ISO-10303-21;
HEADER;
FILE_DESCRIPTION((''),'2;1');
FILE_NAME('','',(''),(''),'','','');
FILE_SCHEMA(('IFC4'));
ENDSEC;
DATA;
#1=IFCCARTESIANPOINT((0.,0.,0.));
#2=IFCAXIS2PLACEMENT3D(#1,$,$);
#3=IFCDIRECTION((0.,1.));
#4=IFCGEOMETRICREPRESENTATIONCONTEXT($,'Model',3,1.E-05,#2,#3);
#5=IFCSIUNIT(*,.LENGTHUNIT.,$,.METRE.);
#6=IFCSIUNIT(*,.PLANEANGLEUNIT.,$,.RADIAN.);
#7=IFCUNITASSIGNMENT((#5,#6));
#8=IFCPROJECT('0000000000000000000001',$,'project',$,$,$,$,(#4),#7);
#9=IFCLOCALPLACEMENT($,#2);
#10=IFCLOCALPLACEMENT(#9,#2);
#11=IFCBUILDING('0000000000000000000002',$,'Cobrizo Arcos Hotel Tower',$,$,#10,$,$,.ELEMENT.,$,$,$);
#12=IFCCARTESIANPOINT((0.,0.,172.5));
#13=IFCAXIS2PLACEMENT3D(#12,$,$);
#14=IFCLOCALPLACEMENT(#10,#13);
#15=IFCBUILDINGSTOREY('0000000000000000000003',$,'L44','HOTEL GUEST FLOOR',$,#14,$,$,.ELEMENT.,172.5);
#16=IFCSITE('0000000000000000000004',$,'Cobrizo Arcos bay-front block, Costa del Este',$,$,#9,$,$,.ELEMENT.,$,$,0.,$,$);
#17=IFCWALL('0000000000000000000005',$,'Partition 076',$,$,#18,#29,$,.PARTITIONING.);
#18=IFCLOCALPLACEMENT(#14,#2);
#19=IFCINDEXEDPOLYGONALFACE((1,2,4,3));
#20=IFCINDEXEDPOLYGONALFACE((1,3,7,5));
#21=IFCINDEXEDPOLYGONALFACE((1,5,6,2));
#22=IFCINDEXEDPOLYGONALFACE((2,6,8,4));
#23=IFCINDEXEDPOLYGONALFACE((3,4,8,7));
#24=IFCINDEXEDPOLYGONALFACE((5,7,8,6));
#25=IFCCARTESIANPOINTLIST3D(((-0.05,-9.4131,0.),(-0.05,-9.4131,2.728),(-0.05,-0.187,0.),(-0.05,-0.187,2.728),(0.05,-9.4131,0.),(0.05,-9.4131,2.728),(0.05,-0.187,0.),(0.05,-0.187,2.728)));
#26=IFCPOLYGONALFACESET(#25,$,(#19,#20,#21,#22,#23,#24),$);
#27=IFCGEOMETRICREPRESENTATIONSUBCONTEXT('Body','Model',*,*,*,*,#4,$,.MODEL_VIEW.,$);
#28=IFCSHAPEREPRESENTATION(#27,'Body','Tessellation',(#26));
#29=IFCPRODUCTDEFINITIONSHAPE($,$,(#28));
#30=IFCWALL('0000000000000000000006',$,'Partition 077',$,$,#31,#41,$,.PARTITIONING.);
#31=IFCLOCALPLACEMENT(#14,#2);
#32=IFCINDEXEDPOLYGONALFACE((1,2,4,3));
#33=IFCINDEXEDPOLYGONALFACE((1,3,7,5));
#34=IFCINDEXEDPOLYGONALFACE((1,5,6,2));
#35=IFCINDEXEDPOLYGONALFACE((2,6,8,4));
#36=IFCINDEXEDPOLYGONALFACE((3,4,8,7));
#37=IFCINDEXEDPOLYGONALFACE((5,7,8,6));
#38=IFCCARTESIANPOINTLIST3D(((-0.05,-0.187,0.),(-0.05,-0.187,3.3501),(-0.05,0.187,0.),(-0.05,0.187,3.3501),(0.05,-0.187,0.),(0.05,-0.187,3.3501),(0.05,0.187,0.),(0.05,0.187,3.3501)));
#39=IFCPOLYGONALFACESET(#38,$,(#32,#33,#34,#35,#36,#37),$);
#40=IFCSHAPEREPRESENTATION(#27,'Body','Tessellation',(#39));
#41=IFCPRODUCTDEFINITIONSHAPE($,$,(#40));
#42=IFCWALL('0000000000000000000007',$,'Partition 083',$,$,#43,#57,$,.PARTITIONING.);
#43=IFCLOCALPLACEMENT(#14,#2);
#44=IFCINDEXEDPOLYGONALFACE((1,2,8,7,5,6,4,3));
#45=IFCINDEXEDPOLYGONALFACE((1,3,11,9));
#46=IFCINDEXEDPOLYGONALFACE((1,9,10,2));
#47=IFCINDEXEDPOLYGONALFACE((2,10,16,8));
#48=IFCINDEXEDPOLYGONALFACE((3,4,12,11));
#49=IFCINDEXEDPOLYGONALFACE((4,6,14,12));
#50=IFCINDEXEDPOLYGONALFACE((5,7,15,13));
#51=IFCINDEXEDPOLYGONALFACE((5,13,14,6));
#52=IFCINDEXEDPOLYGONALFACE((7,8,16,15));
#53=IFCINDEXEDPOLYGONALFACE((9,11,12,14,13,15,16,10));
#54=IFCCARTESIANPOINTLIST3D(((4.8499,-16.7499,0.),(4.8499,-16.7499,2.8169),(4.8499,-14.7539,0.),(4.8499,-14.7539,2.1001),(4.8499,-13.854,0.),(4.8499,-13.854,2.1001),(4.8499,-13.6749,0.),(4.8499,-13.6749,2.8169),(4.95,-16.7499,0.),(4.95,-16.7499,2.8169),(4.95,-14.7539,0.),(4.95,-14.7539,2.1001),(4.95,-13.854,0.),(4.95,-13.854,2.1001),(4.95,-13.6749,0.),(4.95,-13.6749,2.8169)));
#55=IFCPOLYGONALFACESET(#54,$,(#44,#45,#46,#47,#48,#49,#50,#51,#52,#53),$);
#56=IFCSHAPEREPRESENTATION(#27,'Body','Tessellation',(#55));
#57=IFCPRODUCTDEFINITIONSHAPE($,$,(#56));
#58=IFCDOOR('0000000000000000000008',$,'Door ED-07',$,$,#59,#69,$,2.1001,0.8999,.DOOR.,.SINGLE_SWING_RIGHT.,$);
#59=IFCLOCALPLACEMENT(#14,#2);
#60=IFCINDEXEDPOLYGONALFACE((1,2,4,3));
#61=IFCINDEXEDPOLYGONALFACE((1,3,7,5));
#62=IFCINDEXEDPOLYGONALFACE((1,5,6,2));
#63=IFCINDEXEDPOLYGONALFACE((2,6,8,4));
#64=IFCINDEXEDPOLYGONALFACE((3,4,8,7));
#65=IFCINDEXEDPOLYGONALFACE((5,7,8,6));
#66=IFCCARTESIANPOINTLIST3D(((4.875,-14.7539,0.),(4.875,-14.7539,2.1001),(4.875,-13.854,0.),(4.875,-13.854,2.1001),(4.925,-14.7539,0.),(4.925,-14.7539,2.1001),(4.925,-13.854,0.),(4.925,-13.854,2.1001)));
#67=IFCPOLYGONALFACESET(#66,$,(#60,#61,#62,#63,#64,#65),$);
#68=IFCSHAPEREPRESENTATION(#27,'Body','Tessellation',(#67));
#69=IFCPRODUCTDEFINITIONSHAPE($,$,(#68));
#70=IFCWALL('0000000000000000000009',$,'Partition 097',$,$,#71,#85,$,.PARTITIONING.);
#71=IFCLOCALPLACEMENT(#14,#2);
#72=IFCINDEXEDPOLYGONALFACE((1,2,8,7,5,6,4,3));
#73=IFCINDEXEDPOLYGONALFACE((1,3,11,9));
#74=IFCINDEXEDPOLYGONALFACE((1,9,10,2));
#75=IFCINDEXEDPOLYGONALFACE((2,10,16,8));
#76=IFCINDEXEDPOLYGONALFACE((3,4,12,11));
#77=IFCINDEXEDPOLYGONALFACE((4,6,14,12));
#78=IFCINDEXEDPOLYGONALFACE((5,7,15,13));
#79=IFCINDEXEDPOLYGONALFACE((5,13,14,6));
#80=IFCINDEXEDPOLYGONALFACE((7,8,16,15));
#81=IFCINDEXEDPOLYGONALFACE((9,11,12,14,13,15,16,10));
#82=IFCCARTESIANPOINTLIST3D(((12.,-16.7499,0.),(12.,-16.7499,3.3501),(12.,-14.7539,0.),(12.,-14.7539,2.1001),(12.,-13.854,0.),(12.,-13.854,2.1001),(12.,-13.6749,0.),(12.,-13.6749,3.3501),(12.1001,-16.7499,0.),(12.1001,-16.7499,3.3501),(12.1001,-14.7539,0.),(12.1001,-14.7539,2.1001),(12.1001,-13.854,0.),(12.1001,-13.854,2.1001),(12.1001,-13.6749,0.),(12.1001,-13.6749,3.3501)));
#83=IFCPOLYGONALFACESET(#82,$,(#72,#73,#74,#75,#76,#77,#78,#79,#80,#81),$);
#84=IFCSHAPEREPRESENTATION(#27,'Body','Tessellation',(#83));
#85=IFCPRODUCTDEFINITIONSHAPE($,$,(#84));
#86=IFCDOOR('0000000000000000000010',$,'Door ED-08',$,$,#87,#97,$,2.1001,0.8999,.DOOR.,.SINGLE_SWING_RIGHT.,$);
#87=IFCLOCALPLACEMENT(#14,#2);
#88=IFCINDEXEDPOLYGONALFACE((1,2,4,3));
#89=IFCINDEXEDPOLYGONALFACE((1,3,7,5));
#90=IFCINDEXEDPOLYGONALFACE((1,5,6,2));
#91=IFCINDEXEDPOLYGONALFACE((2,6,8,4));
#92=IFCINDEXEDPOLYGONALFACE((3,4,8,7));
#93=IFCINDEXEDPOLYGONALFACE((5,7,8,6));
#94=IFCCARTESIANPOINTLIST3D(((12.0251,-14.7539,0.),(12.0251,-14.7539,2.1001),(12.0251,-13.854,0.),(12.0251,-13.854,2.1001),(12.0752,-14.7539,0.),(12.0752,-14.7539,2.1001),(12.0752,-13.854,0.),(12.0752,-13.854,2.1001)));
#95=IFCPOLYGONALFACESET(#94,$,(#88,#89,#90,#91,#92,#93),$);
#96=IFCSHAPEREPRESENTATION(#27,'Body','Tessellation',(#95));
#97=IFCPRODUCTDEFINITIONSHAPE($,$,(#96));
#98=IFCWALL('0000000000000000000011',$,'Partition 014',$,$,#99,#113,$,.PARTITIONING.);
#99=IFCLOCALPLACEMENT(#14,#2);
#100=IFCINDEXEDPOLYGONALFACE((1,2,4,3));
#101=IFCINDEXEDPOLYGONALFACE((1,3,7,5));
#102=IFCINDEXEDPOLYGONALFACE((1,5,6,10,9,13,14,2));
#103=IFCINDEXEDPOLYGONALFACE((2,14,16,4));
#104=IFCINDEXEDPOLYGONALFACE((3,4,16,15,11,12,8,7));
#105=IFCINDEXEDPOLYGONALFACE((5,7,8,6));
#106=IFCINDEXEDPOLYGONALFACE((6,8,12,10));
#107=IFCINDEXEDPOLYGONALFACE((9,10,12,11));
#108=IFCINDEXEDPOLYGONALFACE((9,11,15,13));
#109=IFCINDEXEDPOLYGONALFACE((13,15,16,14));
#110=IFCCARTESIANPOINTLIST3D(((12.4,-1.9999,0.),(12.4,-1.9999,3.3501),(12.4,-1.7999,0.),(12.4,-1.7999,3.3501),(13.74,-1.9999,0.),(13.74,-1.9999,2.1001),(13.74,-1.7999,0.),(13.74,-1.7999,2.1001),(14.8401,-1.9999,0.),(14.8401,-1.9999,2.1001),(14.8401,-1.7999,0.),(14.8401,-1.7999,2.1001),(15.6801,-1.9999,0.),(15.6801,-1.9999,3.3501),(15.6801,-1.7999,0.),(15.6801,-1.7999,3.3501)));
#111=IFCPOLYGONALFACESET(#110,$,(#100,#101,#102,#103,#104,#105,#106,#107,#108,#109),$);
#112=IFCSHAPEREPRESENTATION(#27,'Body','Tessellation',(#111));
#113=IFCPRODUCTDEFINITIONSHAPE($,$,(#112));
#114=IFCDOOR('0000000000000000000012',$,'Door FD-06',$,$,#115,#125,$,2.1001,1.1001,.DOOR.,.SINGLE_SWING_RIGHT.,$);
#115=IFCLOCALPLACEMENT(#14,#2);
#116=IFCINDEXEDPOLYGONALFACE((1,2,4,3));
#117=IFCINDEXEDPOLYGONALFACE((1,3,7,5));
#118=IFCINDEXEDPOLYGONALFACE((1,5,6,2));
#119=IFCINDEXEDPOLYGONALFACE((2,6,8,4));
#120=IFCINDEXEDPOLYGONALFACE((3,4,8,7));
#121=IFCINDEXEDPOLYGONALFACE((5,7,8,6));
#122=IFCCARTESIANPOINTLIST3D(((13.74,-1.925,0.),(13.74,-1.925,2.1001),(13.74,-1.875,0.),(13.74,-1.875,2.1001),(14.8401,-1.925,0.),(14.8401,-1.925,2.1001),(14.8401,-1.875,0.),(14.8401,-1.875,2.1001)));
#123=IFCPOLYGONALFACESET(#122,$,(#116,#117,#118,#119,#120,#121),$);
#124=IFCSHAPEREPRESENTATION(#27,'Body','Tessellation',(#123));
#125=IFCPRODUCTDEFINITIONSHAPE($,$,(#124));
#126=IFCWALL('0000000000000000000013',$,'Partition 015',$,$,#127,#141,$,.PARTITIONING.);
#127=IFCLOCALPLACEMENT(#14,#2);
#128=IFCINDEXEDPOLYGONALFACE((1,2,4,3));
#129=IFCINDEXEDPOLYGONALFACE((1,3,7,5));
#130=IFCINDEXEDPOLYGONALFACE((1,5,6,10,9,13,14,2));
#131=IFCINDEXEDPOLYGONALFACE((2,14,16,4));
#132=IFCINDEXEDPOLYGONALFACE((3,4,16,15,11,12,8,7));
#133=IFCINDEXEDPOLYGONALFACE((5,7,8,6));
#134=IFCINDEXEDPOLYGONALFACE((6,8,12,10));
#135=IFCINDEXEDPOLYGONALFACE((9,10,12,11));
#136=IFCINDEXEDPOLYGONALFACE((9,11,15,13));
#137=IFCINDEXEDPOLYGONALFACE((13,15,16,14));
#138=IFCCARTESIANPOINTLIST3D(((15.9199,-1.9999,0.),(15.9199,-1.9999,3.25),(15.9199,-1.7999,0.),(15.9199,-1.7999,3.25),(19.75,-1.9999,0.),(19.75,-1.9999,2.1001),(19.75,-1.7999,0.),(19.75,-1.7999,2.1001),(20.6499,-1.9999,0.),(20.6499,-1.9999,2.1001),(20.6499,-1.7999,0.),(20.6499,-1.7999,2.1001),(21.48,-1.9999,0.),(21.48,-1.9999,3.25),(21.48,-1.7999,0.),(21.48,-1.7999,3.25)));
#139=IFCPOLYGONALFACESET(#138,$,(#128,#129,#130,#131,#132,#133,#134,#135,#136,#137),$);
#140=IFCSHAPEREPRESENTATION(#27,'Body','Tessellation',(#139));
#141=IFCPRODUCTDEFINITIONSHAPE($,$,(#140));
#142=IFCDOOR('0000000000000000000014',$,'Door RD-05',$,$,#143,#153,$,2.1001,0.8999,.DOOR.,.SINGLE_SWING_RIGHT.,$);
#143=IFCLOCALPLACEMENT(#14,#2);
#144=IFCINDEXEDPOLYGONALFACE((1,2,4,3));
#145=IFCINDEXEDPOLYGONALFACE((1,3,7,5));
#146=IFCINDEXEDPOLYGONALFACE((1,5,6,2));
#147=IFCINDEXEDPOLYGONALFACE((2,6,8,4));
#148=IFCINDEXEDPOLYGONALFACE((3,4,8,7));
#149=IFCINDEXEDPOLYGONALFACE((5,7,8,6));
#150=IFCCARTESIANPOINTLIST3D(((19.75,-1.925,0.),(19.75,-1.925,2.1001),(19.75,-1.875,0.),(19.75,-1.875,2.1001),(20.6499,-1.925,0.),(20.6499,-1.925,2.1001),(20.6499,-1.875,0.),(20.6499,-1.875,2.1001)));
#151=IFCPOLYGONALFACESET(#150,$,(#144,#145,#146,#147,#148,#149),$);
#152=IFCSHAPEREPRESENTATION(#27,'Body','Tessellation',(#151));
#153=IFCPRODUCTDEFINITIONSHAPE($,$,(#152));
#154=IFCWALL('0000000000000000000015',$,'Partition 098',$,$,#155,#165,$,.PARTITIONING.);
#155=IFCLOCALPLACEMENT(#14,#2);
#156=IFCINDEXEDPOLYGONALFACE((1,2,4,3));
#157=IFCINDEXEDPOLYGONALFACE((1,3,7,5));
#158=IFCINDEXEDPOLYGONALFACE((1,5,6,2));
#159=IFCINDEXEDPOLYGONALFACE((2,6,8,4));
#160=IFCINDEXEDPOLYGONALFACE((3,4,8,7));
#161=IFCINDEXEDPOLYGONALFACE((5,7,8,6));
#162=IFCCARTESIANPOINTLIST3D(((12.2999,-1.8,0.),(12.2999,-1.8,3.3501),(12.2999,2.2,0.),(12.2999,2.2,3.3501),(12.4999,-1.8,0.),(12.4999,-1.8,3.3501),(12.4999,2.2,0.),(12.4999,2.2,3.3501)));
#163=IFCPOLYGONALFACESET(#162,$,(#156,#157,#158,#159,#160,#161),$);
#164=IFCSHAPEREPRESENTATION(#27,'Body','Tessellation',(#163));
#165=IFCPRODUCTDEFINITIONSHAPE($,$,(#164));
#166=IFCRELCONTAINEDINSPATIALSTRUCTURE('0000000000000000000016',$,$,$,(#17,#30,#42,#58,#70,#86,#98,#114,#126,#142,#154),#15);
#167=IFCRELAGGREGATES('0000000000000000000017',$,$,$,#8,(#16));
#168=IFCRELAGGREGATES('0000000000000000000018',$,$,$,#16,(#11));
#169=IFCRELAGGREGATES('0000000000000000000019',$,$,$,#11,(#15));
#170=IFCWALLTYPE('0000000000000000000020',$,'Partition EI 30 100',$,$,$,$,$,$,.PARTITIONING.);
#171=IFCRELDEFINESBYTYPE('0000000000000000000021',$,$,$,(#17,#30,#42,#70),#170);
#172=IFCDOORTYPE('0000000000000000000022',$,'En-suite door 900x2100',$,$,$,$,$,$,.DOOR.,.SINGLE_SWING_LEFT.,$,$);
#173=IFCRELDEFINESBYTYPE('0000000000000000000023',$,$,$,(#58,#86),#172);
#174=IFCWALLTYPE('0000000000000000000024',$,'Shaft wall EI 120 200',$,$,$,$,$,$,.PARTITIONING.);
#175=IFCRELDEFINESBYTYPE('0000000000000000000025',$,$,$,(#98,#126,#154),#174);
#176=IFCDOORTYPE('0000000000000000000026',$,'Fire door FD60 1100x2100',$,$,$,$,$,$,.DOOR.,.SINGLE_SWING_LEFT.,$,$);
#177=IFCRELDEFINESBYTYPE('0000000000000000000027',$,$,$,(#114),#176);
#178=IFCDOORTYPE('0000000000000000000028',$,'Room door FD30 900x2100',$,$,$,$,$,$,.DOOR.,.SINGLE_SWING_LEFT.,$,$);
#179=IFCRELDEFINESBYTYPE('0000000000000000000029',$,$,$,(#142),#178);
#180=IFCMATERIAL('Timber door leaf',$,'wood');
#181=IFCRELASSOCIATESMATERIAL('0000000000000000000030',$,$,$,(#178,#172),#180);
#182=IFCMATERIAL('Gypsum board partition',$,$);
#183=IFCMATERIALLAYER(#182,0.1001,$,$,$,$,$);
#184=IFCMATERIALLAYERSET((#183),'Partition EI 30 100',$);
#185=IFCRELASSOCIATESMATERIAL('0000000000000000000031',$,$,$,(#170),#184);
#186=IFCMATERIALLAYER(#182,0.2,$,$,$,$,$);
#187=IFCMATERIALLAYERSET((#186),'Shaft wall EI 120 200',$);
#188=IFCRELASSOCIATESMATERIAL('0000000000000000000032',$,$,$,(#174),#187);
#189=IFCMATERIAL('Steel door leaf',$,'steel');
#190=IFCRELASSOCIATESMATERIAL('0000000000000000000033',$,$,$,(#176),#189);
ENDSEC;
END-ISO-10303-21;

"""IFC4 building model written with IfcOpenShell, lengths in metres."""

from ifc_helpers import new_model, si_unit, direction, frame, frame_2d, origin, place, context, subcontext, project, spatial, rectangle, extrude, material, layer, layer_set, type_object, element, fill, save


model = new_model("IFC4")

# Units and contexts
model_context = context("Model", 3, precision=1e-05, world=origin(), true_north=direction((0.0, 1.0)))
body_context = subcontext(model_context, "Body", "Model", "MODEL_VIEW")
ifc_project = project(units=[si_unit("LENGTHUNIT", "METRE"), si_unit("PLANEANGLEUNIT", "RADIAN")], contexts=[model_context])

# Site, building, storey
site_placement = place(None, origin())
site = spatial("IfcSite", under=ifc_project, at=site_placement, Name="Cobrizo Arcos bay-front block, Costa del Este", CompositionType="ELEMENT", RefElevation=0.0)
building_placement = place(site_placement, origin())
building = spatial("IfcBuilding", under=site, at=building_placement, Name="Cobrizo Arcos Hotel Tower", CompositionType="ELEMENT")
storey_placement = place(building_placement, frame((0.0, 0.0, 172.5)))
storey = spatial("IfcBuildingStorey", under=building, at=storey_placement, Name="L44", Description="HOTEL GUEST FLOOR", CompositionType="ELEMENT", Elevation=172.5)

# Shared definitions
ifc_material_1 = material(Name="Gypsum board partition")

# Shared definitions
ifc_material_2 = material(Name="Timber door leaf", Category="wood")
door_type_1 = type_object("IfcDoorType", Name="Room door FD30 900x2100", OperationType="SINGLE_SWING_LEFT", PredefinedType="DOOR", material=ifc_material_2)

# Walls
ifc_layer_1 = layer(ifc_material_1, 0.1001)
ifc_layer_set_1 = layer_set([ifc_layer_1], Name="Partition EI 30 100")
wall_type_1 = type_object("IfcWallType", Name="Partition EI 30 100", PredefinedType="PARTITIONING", material=ifc_layer_set_1)
wall_1_placement = place(storey_placement, frame((0.0, -9.4131, 0.0), z_axis=(0.0, 0.0, 1.0), x_axis=(0.0, 1.0, 0.0)))
element("IfcWall", 1, at=wall_1_placement, inside=storey, type_object=wall_type_1, Name="Partition 076", PredefinedType="PARTITIONING", context=body_context, shape_type="SweptSolid", body=[
    extrude(rectangle(XDim=9.2261, YDim=0.1001, at=frame_2d((4.613, 0.0))), origin(), (0.0, 0.0, 1.0), 2.728),
])
wall_2_placement = place(storey_placement, frame((0.0, -0.187, 0.0), z_axis=(0.0, 0.0, 1.0), x_axis=(0.0, 1.0, 0.0)))
element("IfcWall", 2, at=wall_2_placement, inside=storey, type_object=wall_type_1, Name="Partition 077", PredefinedType="PARTITIONING", context=body_context, shape_type="SweptSolid", body=[
    extrude(rectangle(XDim=0.374, YDim=0.1001, at=frame_2d((0.187, 0.0))), origin(), (0.0, 0.0, 1.0), 3.3501),
])

# Walls, openings, doors
wall_3_placement = place(storey_placement, frame((4.8999, -16.75, 0.0), z_axis=(0.0, 0.0, 1.0), x_axis=(0.0, 1.0, 0.0)))
wall_3 = element("IfcWall", 3, at=wall_3_placement, inside=storey, type_object=wall_type_1, Name="Partition 083", PredefinedType="PARTITIONING", context=body_context, shape_type="SweptSolid", body=[
    extrude(rectangle(XDim=3.075, YDim=0.1001, at=frame_2d((1.5376, 0.0))), origin(), (0.0, 0.0, 1.0), 2.8169),
])
opening_1_placement = place(wall_3_placement, frame((1.9961, 0.0, 0.0)))
opening_1 = element("IfcOpeningElement", 4, at=opening_1_placement, cuts=wall_3, PredefinedType="OPENING", context=body_context, shape_type="SweptSolid", body=[
    extrude(rectangle(XDim=0.8999, YDim=2.1001, at=frame_2d((0.45, 1.05))), frame((0.0, 0.062, 0.0), z_axis=(0.0, -1.0, 0.0), x_axis=(1.0, 0.0, 0.0)), (0.0, 0.0, 1.0), 0.124),
])
door_type_2 = type_object("IfcDoorType", Name="En-suite door 900x2100", OperationType="SINGLE_SWING_LEFT", PredefinedType="DOOR", material=ifc_material_2)
door_1_placement = place(opening_1_placement, origin())
door_1 = element("IfcDoor", 5, at=door_1_placement, inside=storey, type_object=door_type_2, Name="Door ED-07", OperationType="SINGLE_SWING_RIGHT", OverallHeight=2.1001, OverallWidth=0.8999, PredefinedType="DOOR", context=body_context, shape_type="SweptSolid", body=[
    extrude(rectangle(XDim=0.8999, YDim=2.1001, at=frame_2d((0.45, 1.05))), frame((0.0, 0.0249, 0.0), z_axis=(0.0, -1.0, 0.0), x_axis=(1.0, 0.0, 0.0)), (0.0, 0.0, 1.0), 0.05),
])
fill(opening_1, door_1)
wall_4_placement = place(storey_placement, frame((12.05, -16.75, 0.0), z_axis=(0.0, 0.0, 1.0), x_axis=(0.0, 1.0, 0.0)))
wall_4 = element("IfcWall", 6, at=wall_4_placement, inside=storey, type_object=wall_type_1, Name="Partition 097", PredefinedType="PARTITIONING", context=body_context, shape_type="SweptSolid", body=[
    extrude(rectangle(XDim=3.075, YDim=0.1001, at=frame_2d((1.5376, 0.0))), origin(), (0.0, 0.0, 1.0), 3.3501),
])
opening_2_placement = place(wall_4_placement, frame((1.9961, 0.0, 0.0)))
opening_2 = element("IfcOpeningElement", 7, at=opening_2_placement, cuts=wall_4, PredefinedType="OPENING", context=body_context, shape_type="SweptSolid", body=[
    extrude(rectangle(XDim=0.8999, YDim=2.1001, at=frame_2d((0.45, 1.05))), frame((0.0, 0.062, 0.0), z_axis=(0.0, -1.0, 0.0), x_axis=(1.0, 0.0, 0.0)), (0.0, 0.0, 1.0), 0.124),
])
door_2_placement = place(opening_2_placement, origin())
door_2 = element("IfcDoor", 8, at=door_2_placement, inside=storey, type_object=door_type_2, Name="Door ED-08", OperationType="SINGLE_SWING_RIGHT", OverallHeight=2.1001, OverallWidth=0.8999, PredefinedType="DOOR", context=body_context, shape_type="SweptSolid", body=[
    extrude(rectangle(XDim=0.8999, YDim=2.1001, at=frame_2d((0.45, 1.05))), frame((0.0, 0.0249, 0.0), z_axis=(0.0, -1.0, 0.0), x_axis=(1.0, 0.0, 0.0)), (0.0, 0.0, 1.0), 0.05),
])
fill(opening_2, door_2)
ifc_layer_2 = layer(ifc_material_1, 0.2)
ifc_layer_set_2 = layer_set([ifc_layer_2], Name="Shaft wall EI 120 200")
wall_type_2 = type_object("IfcWallType", Name="Shaft wall EI 120 200", PredefinedType="PARTITIONING", material=ifc_layer_set_2)
wall_5_placement = place(storey_placement, frame((12.3999, -1.8999, 0.0), z_axis=(0.0, 0.0, 1.0), x_axis=(1.0, 0.0, 0.0)))
wall_5 = element("IfcWall", 9, at=wall_5_placement, inside=storey, type_object=wall_type_2, Name="Partition 014", PredefinedType="PARTITIONING", context=body_context, shape_type="SweptSolid", body=[
    extrude(rectangle(XDim=3.28, YDim=0.2, at=frame_2d((1.6401, 0.0))), origin(), (0.0, 0.0, 1.0), 3.3501),
])
opening_3_placement = place(wall_5_placement, frame((1.3401, 0.0, 0.0)))
opening_3 = element("IfcOpeningElement", 10, at=opening_3_placement, cuts=wall_5, PredefinedType="OPENING", context=body_context, shape_type="SweptSolid", body=[
    extrude(rectangle(XDim=1.1001, YDim=2.1001, at=frame_2d((0.55, 1.05))), frame((0.0, 0.1121, 0.0), z_axis=(0.0, -1.0, 0.0), x_axis=(1.0, 0.0, 0.0)), (0.0, 0.0, 1.0), 0.2239),
])
ifc_material_3 = material(Name="Steel door leaf", Category="steel")
door_type_3 = type_object("IfcDoorType", Name="Fire door FD60 1100x2100", OperationType="SINGLE_SWING_LEFT", PredefinedType="DOOR", material=ifc_material_3)
door_3_placement = place(opening_3_placement, origin())
door_3 = element("IfcDoor", 11, at=door_3_placement, inside=storey, type_object=door_type_3, Name="Door FD-06", OperationType="SINGLE_SWING_RIGHT", OverallHeight=2.1001, OverallWidth=1.1001, PredefinedType="DOOR", context=body_context, shape_type="SweptSolid", body=[
    extrude(rectangle(XDim=1.1001, YDim=2.1001, at=frame_2d((0.55, 1.05))), frame((0.0, 0.0249, 0.0), z_axis=(0.0, -1.0, 0.0), x_axis=(1.0, 0.0, 0.0)), (0.0, 0.0, 1.0), 0.05),
])
fill(opening_3, door_3)
wall_6_placement = place(storey_placement, frame((15.9199, -1.8999, 0.0), z_axis=(0.0, 0.0, 1.0), x_axis=(1.0, 0.0, 0.0)))
wall_6 = element("IfcWall", 12, at=wall_6_placement, inside=storey, type_object=wall_type_2, Name="Partition 015", PredefinedType="PARTITIONING", context=body_context, shape_type="SweptSolid", body=[
    extrude(rectangle(XDim=5.5601, YDim=0.2, at=frame_2d((2.78, 0.0))), origin(), (0.0, 0.0, 1.0), 3.25),
])
opening_4_placement = place(wall_6_placement, frame((3.8301, 0.0, 0.0)))
opening_4 = element("IfcOpeningElement", 13, at=opening_4_placement, cuts=wall_6, PredefinedType="OPENING", context=body_context, shape_type="SweptSolid", body=[
    extrude(rectangle(XDim=0.8999, YDim=2.1001, at=frame_2d((0.45, 1.05))), frame((0.0, 0.1121, 0.0), z_axis=(0.0, -1.0, 0.0), x_axis=(1.0, 0.0, 0.0)), (0.0, 0.0, 1.0), 0.2239),
])
door_4_placement = place(opening_4_placement, origin())
door_4 = element("IfcDoor", 14, at=door_4_placement, inside=storey, type_object=door_type_1, Name="Door RD-05", OperationType="SINGLE_SWING_RIGHT", OverallHeight=2.1001, OverallWidth=0.8999, PredefinedType="DOOR", context=body_context, shape_type="SweptSolid", body=[
    extrude(rectangle(XDim=0.8999, YDim=2.1001, at=frame_2d((0.45, 1.05))), frame((0.0, 0.0249, 0.0), z_axis=(0.0, -1.0, 0.0), x_axis=(1.0, 0.0, 0.0)), (0.0, 0.0, 1.0), 0.05),
])
fill(opening_4, door_4)

# Wall
wall_7_placement = place(storey_placement, frame((12.3999, -1.8, 0.0), z_axis=(0.0, 0.0, 1.0), x_axis=(0.0, 1.0, 0.0)))
element("IfcWall", 15, at=wall_7_placement, inside=storey, type_object=wall_type_2, Name="Partition 098", PredefinedType="PARTITIONING", context=body_context, shape_type="SweptSolid", body=[
    extrude(rectangle(XDim=4.0, YDim=0.2, at=frame_2d((2.0, 0.0))), origin(), (0.0, 0.0, 1.0), 3.3501),
])

save(model, "model.ifc")
